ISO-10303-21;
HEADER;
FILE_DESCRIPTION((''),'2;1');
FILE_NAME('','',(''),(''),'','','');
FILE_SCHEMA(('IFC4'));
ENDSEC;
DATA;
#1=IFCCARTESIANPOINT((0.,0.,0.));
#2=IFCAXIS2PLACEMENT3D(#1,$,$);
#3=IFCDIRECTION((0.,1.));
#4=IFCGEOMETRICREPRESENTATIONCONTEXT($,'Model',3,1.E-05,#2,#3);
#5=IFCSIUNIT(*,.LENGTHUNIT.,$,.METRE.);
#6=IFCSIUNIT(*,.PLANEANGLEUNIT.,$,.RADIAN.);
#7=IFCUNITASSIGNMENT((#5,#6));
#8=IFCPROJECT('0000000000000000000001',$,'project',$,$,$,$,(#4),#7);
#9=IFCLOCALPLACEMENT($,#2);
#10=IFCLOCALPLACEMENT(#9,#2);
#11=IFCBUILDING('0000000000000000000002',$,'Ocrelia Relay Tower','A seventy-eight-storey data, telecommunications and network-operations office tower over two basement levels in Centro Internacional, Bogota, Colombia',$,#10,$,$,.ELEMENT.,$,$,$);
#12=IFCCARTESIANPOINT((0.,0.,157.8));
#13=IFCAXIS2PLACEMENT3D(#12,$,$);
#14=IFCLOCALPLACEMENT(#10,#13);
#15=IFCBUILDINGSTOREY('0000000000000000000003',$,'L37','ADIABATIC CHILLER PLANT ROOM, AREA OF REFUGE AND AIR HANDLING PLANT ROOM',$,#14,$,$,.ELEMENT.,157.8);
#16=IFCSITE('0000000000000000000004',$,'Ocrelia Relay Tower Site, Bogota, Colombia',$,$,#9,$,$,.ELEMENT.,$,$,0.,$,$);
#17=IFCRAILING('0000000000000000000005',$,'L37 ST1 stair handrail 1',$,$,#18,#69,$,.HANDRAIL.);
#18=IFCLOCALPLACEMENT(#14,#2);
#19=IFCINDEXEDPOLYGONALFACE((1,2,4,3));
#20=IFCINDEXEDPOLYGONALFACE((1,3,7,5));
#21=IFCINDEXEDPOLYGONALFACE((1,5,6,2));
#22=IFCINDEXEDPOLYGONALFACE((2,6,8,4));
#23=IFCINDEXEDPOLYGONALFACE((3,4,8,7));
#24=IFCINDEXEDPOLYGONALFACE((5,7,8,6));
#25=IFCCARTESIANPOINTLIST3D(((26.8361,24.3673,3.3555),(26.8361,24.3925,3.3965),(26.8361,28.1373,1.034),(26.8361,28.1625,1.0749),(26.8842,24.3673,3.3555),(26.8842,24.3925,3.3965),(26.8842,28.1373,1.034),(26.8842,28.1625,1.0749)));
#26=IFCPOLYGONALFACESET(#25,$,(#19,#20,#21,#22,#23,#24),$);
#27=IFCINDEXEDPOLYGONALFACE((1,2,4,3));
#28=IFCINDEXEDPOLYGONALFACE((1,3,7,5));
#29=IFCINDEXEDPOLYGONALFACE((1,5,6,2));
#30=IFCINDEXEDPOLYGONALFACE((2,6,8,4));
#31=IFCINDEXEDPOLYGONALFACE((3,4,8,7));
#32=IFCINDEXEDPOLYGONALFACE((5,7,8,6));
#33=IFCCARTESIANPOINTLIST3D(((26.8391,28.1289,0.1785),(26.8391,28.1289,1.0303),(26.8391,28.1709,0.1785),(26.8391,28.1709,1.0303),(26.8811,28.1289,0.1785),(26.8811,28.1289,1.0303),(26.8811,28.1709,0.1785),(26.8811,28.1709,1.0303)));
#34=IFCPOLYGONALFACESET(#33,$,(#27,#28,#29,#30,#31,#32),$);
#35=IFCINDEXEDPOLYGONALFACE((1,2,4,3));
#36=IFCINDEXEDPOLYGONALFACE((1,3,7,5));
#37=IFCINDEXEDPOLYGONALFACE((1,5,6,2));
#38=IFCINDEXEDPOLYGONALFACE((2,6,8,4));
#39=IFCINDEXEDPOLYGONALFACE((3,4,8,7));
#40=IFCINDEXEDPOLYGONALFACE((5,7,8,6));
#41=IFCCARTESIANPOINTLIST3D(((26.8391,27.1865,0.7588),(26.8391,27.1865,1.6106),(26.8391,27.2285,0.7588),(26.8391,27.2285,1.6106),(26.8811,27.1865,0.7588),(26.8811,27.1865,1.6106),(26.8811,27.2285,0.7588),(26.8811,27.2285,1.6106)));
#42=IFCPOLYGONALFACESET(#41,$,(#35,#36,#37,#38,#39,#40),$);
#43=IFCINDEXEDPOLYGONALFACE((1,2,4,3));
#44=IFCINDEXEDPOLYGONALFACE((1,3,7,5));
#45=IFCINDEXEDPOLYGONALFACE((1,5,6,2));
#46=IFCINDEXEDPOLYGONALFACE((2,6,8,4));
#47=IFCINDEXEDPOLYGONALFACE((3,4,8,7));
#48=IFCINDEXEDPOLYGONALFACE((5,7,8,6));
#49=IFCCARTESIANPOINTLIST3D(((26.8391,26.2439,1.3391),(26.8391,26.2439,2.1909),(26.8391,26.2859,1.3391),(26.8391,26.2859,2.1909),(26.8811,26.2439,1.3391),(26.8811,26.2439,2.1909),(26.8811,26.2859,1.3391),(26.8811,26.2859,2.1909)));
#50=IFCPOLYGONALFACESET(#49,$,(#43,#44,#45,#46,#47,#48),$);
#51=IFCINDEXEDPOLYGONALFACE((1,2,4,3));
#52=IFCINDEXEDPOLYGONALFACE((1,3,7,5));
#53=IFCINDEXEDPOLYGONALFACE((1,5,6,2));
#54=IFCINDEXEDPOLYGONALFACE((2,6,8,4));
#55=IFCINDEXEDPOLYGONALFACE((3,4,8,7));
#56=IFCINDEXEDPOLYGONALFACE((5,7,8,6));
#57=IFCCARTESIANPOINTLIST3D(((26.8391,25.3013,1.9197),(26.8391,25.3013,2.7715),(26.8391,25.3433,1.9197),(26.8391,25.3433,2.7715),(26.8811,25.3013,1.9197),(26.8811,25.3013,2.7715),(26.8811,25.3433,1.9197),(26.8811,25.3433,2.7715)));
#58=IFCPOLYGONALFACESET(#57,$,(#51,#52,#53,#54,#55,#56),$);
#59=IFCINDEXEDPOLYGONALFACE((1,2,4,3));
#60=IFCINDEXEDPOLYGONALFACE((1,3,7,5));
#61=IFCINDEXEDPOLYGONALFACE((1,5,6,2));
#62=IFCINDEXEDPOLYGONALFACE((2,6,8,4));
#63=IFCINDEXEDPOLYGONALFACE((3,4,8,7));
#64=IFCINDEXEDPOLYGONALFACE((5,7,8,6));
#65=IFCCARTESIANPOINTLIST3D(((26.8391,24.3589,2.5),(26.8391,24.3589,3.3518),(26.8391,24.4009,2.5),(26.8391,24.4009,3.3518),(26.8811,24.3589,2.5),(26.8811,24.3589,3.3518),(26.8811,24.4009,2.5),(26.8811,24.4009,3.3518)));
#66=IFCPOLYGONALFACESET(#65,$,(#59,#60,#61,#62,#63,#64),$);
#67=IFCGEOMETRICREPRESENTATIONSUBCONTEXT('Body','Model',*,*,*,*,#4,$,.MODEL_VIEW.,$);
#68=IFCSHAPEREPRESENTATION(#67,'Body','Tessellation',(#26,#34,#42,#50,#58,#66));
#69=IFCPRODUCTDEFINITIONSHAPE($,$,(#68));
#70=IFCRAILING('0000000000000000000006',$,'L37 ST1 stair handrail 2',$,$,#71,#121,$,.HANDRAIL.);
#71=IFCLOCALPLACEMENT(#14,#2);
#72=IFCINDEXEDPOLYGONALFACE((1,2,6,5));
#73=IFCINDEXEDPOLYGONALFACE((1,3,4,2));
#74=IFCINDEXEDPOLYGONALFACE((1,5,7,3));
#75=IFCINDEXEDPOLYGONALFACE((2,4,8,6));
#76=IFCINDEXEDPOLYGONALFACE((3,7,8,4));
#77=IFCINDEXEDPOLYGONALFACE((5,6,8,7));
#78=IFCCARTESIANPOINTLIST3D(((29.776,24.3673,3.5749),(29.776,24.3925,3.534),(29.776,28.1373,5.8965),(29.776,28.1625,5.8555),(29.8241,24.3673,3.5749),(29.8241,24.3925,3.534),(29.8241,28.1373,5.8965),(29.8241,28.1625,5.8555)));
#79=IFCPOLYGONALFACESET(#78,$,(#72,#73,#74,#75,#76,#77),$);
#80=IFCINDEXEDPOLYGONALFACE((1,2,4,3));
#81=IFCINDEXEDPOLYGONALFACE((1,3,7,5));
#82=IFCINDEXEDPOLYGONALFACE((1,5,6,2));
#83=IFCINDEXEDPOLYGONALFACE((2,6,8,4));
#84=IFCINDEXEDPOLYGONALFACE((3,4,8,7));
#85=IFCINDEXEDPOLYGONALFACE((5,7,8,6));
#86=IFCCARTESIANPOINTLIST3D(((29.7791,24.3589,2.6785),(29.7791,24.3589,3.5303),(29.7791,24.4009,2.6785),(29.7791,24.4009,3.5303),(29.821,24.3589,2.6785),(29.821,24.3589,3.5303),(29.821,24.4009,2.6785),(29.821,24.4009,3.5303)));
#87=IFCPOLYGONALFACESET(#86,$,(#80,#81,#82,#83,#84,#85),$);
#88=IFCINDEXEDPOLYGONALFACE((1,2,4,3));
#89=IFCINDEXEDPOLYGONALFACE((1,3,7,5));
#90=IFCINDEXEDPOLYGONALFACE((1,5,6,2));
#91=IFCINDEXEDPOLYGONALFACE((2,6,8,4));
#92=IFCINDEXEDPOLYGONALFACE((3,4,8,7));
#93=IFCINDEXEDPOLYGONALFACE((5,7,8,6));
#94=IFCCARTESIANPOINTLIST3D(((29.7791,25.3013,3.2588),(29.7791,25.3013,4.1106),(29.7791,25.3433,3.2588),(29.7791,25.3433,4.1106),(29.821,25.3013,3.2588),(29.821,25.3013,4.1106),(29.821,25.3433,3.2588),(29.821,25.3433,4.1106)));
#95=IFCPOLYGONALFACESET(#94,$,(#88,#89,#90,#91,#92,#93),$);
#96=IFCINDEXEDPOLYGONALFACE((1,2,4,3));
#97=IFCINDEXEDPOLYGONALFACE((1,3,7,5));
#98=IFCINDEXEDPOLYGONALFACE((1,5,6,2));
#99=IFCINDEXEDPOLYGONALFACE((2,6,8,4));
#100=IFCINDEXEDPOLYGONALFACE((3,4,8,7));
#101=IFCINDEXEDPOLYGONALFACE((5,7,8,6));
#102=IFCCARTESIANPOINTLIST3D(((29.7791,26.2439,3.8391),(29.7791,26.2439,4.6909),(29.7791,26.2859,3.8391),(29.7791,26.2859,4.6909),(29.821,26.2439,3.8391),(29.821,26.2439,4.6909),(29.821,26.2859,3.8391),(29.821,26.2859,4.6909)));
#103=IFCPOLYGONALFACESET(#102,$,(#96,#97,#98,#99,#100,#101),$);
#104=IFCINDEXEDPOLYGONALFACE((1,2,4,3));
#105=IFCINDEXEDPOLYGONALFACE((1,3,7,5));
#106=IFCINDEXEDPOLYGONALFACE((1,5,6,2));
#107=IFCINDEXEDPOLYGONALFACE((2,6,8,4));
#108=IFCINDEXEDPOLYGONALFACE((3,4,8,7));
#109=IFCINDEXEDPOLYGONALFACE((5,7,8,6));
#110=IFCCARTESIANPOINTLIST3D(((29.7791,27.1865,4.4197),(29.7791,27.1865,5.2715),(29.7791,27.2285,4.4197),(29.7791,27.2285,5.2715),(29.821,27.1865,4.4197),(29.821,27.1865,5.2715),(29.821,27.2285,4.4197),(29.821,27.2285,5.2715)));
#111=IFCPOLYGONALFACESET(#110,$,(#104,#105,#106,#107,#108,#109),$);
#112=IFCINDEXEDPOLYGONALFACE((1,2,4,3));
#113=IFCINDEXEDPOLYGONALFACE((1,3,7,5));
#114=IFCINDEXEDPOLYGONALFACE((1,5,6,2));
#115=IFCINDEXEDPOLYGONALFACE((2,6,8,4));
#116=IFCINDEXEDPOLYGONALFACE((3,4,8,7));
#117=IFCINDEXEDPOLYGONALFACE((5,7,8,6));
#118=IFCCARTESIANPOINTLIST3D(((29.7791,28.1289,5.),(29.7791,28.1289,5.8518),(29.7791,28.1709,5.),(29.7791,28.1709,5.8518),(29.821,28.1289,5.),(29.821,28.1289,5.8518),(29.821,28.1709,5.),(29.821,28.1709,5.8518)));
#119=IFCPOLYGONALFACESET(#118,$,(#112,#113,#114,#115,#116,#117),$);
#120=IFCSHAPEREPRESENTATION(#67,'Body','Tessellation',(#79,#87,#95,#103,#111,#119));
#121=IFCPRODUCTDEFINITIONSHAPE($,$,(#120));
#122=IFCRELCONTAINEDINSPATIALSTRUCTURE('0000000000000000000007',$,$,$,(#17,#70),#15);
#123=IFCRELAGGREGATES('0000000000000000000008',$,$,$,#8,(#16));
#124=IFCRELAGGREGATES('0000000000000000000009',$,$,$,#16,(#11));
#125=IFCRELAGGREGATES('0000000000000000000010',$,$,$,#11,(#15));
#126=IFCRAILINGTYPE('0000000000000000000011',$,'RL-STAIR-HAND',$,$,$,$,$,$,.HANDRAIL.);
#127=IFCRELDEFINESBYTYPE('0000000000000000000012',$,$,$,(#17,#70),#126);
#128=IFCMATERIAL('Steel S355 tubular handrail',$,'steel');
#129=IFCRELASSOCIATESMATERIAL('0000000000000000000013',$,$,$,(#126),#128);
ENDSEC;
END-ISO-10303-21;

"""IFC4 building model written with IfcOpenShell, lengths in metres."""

from ifc_helpers import new_model, si_unit, direction, frame, origin, origin_2d, place, context, subcontext, project, spatial, rectangle, extrude, material, type_object, element, save


model = new_model("IFC4")

# Units and contexts
model_context = context("Model", 3, precision=1e-05, world=origin(), true_north=direction((0.0, 1.0)))
body_context = subcontext(model_context, "Body", "Model", "MODEL_VIEW")
ifc_project = project(units=[si_unit("LENGTHUNIT", "METRE"), si_unit("PLANEANGLEUNIT", "RADIAN")], contexts=[model_context])

# Site, building, storey
site_placement = place(None, origin())
site = spatial("IfcSite", under=ifc_project, at=site_placement, Name="Ocrelia Relay Tower Site, Bogota, Colombia", CompositionType="ELEMENT", RefElevation=0.0)
building_placement = place(site_placement, origin())
building = spatial("IfcBuilding", under=site, at=building_placement, Name="Ocrelia Relay Tower", Description="A seventy-eight-storey data, telecommunications and network-operations office tower over two basement levels in Centro Internacional, Bogota, Colombia", CompositionType="ELEMENT")
storey_placement = place(building_placement, frame((0.0, 0.0, 157.8)))
storey = spatial("IfcBuildingStorey", under=building, at=storey_placement, Name="L37", Description="ADIABATIC CHILLER PLANT ROOM, AREA OF REFUGE AND AIR HANDLING PLANT ROOM", CompositionType="ELEMENT", Elevation=157.8)

# Railings
ifc_material_1 = material(Name="Steel S355 tubular handrail", Category="steel")
railing_type_1 = type_object("IfcRailingType", Name="RL-STAIR-HAND", PredefinedType="HANDRAIL", material=ifc_material_1)
railing_1_placement = place(storey_placement, frame((26.8601, 28.1499, 0.1785)))
element("IfcRailing", 1, at=railing_1_placement, inside=storey, type_object=railing_type_1, Name="L37 ST1 stair handrail 1", PredefinedType="HANDRAIL", context=body_context, shape_type="SweptSolid", body=[
    extrude(rectangle(XDim=0.0481, YDim=0.0481, at=origin_2d()), frame((0.0, 0.0, 0.876), z_axis=(0.0, -0.851505, 0.524347), x_axis=(1.0, 0.0, 0.0)), (0.0, 0.0, 1.0), 4.4275),
    extrude(rectangle(XDim=0.042, YDim=0.042, at=origin_2d()), origin(), (0.0, 0.0, 1.0), 0.8518),
    extrude(rectangle(XDim=0.042, YDim=0.042, at=origin_2d()), frame((0.0, -0.9424, 0.5803)), (0.0, 0.0, 1.0), 0.8518),
    extrude(rectangle(XDim=0.042, YDim=0.042, at=origin_2d()), frame((0.0, -1.885, 1.1606)), (0.0, 0.0, 1.0), 0.8518),
    extrude(rectangle(XDim=0.042, YDim=0.042, at=origin_2d()), frame((0.0, -2.8276, 1.7412)), (0.0, 0.0, 1.0), 0.8518),
    extrude(rectangle(XDim=0.042, YDim=0.042, at=origin_2d()), frame((0.0, -3.77, 2.3215)), (0.0, 0.0, 1.0), 0.8518),
])
railing_2_placement = place(storey_placement, frame((29.8, 24.3799, 2.6785)))
element("IfcRailing", 2, at=railing_2_placement, inside=storey, type_object=railing_type_1, Name="L37 ST1 stair handrail 2", PredefinedType="HANDRAIL", context=body_context, shape_type="SweptSolid", body=[
    extrude(rectangle(XDim=0.0481, YDim=0.0481, at=origin_2d()), frame((0.0, 0.0, 0.876), z_axis=(0.0, 0.851505, 0.524347), x_axis=(-1.0, 0.0, 0.0)), (0.0, 0.0, 1.0), 4.4275),
    extrude(rectangle(XDim=0.042, YDim=0.042, at=origin_2d()), origin(), (0.0, 0.0, 1.0), 0.8518),
    extrude(rectangle(XDim=0.042, YDim=0.042, at=origin_2d()), frame((0.0, 0.9424, 0.5803)), (0.0, 0.0, 1.0), 0.8518),
    extrude(rectangle(XDim=0.042, YDim=0.042, at=origin_2d()), frame((0.0, 1.885, 1.1606)), (0.0, 0.0, 1.0), 0.8518),
    extrude(rectangle(XDim=0.042, YDim=0.042, at=origin_2d()), frame((0.0, 2.8276, 1.7412)), (0.0, 0.0, 1.0), 0.8518),
    extrude(rectangle(XDim=0.042, YDim=0.042, at=origin_2d()), frame((0.0, 3.77, 2.3215)), (0.0, 0.0, 1.0), 0.8518),
])

save(model, "model.ifc")
